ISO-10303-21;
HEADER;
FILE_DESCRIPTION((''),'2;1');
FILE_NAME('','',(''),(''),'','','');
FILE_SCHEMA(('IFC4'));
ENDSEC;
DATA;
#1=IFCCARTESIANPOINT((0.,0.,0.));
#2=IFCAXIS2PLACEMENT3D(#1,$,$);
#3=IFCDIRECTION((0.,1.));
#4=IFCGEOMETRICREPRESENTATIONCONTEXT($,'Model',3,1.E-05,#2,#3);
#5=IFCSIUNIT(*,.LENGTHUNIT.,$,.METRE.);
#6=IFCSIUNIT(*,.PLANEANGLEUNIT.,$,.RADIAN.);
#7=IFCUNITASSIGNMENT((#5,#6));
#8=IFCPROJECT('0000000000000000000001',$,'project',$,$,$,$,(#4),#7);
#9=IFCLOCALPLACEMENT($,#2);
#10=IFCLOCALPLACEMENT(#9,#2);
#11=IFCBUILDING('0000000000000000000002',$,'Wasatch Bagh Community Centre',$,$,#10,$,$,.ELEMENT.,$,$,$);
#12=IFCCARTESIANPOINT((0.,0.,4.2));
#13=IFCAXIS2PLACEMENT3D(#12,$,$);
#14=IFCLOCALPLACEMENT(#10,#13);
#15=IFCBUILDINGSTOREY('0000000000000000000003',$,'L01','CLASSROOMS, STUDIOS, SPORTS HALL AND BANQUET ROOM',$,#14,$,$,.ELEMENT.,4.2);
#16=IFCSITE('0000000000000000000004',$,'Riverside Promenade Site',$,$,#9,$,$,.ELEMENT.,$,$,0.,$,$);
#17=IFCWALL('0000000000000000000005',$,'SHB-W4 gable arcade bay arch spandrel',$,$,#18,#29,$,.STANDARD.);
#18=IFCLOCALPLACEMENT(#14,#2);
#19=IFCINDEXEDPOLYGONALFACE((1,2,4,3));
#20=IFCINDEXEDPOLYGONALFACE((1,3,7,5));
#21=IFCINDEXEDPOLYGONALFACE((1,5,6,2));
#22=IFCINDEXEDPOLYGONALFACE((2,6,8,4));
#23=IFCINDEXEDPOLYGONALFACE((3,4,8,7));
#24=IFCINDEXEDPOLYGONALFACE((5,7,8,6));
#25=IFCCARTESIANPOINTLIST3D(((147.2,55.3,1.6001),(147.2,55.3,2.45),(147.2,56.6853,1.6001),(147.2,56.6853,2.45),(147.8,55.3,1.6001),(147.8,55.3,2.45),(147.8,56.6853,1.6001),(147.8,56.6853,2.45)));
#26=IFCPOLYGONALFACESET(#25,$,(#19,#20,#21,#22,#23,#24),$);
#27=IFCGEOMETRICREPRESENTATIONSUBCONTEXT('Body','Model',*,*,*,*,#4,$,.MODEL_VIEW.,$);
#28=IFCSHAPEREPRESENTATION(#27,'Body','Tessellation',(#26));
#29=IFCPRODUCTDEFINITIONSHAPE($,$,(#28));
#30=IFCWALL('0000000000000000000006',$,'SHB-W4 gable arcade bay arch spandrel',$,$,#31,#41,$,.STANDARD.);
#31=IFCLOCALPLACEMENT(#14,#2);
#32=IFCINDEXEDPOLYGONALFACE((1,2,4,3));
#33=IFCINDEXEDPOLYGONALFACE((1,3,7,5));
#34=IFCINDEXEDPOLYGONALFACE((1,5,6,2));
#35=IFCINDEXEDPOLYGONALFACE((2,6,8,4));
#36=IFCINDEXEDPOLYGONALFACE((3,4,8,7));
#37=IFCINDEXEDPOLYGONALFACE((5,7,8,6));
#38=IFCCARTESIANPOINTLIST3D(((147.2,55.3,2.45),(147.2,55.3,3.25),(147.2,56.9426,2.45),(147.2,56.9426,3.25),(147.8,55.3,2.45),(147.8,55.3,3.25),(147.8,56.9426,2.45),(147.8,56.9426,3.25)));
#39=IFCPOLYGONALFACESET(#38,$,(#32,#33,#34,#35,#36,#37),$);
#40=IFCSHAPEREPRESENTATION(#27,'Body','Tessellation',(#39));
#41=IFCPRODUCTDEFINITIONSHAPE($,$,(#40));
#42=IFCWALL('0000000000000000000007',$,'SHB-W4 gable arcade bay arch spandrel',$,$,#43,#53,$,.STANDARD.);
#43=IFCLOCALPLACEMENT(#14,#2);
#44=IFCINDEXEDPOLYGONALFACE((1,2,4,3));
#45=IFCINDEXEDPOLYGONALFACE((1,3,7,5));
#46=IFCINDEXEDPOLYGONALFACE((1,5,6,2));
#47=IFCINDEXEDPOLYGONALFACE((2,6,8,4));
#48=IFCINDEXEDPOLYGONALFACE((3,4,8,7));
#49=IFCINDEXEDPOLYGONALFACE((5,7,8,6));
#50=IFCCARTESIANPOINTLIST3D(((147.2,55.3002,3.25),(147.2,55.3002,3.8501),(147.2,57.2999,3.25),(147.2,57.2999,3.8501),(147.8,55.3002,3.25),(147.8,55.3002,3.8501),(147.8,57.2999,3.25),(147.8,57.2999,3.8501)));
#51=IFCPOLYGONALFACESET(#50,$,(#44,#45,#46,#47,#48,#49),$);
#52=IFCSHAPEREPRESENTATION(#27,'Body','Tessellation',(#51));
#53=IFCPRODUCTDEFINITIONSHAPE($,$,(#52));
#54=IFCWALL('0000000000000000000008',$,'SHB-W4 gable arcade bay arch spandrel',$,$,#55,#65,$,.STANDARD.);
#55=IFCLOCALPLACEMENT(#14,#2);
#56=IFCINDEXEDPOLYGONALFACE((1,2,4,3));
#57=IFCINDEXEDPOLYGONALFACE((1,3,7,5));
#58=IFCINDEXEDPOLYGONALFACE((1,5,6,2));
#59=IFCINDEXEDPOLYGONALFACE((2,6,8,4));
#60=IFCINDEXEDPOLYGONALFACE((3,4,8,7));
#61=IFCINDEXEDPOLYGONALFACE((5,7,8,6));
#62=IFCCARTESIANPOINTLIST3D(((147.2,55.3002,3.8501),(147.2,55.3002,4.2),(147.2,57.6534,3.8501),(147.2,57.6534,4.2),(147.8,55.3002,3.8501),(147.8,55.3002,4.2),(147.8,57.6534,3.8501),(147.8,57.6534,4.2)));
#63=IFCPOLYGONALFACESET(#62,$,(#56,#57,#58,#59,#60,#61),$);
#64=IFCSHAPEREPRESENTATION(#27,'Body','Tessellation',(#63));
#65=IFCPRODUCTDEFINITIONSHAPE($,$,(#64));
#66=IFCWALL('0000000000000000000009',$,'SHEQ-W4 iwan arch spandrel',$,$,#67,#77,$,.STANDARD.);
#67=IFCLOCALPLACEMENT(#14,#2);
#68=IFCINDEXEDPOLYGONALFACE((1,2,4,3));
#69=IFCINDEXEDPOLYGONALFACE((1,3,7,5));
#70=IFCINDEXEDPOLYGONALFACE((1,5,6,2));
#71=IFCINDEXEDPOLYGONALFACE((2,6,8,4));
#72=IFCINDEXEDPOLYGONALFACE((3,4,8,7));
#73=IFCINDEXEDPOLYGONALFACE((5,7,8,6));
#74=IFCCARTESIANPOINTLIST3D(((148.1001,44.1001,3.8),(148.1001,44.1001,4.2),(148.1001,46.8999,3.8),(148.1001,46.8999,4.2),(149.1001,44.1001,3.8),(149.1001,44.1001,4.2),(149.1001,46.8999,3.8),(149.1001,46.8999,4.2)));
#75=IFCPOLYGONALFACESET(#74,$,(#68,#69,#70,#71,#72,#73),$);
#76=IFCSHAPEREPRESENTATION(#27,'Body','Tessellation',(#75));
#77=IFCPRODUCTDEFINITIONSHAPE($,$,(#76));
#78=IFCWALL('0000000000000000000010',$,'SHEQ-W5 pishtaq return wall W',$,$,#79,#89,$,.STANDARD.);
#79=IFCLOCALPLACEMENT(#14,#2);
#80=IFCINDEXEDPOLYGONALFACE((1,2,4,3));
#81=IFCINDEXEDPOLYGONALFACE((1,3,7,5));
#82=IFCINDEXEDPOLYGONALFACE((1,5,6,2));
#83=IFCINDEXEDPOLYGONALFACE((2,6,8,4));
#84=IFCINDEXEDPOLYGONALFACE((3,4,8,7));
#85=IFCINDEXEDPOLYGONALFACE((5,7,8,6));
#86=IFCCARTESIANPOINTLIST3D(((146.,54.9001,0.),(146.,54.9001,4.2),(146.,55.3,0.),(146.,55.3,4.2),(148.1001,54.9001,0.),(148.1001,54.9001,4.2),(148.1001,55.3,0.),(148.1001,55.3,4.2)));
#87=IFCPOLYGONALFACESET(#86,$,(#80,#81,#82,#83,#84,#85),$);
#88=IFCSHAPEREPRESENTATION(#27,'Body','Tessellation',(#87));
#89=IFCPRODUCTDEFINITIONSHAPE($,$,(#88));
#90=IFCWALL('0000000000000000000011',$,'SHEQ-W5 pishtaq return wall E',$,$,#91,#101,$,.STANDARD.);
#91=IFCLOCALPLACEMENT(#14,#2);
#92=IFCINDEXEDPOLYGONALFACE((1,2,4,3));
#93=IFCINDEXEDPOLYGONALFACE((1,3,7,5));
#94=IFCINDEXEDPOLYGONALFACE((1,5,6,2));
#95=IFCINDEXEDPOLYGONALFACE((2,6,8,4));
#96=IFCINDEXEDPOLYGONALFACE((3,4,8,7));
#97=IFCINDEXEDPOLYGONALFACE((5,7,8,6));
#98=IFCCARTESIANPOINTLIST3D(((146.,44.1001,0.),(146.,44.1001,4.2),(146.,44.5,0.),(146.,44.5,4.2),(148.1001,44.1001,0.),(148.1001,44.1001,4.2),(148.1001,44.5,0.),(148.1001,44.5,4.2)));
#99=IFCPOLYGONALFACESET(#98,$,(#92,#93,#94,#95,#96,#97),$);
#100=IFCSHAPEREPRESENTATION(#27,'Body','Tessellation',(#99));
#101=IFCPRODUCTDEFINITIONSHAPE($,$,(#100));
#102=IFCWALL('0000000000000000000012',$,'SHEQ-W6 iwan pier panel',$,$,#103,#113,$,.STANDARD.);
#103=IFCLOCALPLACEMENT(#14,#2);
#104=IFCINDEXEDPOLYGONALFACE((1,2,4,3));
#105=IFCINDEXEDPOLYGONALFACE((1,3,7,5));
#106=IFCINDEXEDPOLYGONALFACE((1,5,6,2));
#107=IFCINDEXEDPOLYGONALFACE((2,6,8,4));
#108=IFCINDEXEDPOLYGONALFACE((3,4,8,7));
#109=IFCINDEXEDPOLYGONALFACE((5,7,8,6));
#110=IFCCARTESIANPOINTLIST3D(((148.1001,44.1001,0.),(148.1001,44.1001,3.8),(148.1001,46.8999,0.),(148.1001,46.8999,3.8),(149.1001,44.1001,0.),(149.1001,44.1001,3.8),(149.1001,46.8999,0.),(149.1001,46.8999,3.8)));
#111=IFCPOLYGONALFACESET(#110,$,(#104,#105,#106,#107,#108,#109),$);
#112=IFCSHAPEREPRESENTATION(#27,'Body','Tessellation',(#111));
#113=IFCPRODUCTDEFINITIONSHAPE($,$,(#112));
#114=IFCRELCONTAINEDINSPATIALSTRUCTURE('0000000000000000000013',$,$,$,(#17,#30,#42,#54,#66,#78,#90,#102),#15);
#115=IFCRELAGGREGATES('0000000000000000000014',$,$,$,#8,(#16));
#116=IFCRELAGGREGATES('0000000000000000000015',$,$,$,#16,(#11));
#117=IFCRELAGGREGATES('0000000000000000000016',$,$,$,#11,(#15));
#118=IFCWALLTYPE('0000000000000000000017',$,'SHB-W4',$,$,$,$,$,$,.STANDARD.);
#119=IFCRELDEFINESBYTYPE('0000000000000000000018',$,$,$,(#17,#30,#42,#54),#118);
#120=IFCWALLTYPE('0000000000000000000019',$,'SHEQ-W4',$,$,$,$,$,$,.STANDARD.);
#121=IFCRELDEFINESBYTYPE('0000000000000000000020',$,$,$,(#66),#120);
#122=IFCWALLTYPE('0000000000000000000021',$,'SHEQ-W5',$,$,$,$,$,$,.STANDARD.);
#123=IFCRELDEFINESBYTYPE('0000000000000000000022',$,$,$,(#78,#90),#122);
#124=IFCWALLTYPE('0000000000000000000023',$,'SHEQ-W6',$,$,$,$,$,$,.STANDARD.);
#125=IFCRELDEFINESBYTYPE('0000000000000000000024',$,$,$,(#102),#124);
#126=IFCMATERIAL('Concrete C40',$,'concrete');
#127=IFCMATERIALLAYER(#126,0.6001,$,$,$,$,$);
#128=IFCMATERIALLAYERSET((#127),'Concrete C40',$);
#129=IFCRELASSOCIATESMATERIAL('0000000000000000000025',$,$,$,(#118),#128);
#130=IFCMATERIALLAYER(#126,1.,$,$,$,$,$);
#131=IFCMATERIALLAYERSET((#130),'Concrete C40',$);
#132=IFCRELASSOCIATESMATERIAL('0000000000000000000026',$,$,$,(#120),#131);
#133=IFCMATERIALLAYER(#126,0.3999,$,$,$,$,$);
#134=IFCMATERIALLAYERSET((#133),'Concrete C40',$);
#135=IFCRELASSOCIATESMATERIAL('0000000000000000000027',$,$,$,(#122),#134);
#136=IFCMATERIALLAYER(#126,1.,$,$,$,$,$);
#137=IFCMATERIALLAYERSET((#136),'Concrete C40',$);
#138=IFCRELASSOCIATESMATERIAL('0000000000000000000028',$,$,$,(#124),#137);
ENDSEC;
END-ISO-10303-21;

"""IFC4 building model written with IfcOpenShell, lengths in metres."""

from ifc_helpers import new_model, si_unit, direction, frame, frame_2d, origin, place, context, subcontext, project, spatial, rectangle, extrude, material, layer, layer_set, type_object, element, save


model = new_model("IFC4")

# Units and contexts
model_context = context("Model", 3, precision=1e-05, world=origin(), true_north=direction((0.0, 1.0)))
body_context = subcontext(model_context, "Body", "Model", "MODEL_VIEW")
ifc_project = project(units=[si_unit("LENGTHUNIT", "METRE"), si_unit("PLANEANGLEUNIT", "RADIAN")], contexts=[model_context])

# Site, building, storey
site_placement = place(None, origin())
site = spatial("IfcSite", under=ifc_project, at=site_placement, Name="Riverside Promenade Site", CompositionType="ELEMENT", RefElevation=0.0)
building_placement = place(site_placement, origin())
building = spatial("IfcBuilding", under=site, at=building_placement, Name="Wasatch Bagh Community Centre", CompositionType="ELEMENT")
storey_placement = place(building_placement, frame((0.0, 0.0, 4.2)))
storey = spatial("IfcBuildingStorey", under=building, at=storey_placement, Name="L01", Description="CLASSROOMS, STUDIOS, SPORTS HALL AND BANQUET ROOM", CompositionType="ELEMENT", Elevation=4.2)

# Shared definitions
ifc_material_1 = material(Name="Concrete C40", Category="concrete")

# Walls
ifc_layer_1 = layer(ifc_material_1, 0.6001)
ifc_layer_set_1 = layer_set([ifc_layer_1], Name="Concrete C40")
wall_type_1 = type_object("IfcWallType", Name="SHB-W4", PredefinedType="STANDARD", material=ifc_layer_set_1)
wall_1_placement = place(storey_placement, frame((147.5, 55.3, 1.6001), z_axis=(0.0, 0.0, 1.0), x_axis=(0.0, 1.0, 0.0)))
element("IfcWall", 1, at=wall_1_placement, inside=storey, type_object=wall_type_1, Name="SHB-W4 gable arcade bay arch spandrel", PredefinedType="STANDARD", context=body_context, shape_type="SweptSolid", body=[
    extrude(rectangle(XDim=1.3853, YDim=0.6001, at=frame_2d((0.6926, 0.0))), origin(), (0.0, 0.0, 1.0), 0.8499),
])
wall_2_placement = place(storey_placement, frame((147.5, 55.3, 2.45), z_axis=(0.0, 0.0, 1.0), x_axis=(0.0, 1.0, 0.0)))
element("IfcWall", 2, at=wall_2_placement, inside=storey, type_object=wall_type_1, Name="SHB-W4 gable arcade bay arch spandrel", PredefinedType="STANDARD", context=body_context, shape_type="SweptSolid", body=[
    extrude(rectangle(XDim=1.6426, YDim=0.6001, at=frame_2d((0.8213, 0.0))), origin(), (0.0, 0.0, 1.0), 0.8),
])
wall_3_placement = place(storey_placement, frame((147.5, 55.3, 3.25), z_axis=(0.0, 0.0, 1.0), x_axis=(0.0, 1.0, 0.0)))
element("IfcWall", 3, at=wall_3_placement, inside=storey, type_object=wall_type_1, Name="SHB-W4 gable arcade bay arch spandrel", PredefinedType="STANDARD", context=body_context, shape_type="SweptSolid", body=[
    extrude(rectangle(XDim=1.9998, YDim=0.6001, at=frame_2d((1.0, 0.0))), origin(), (0.0, 0.0, 1.0), 0.6001),
])
wall_4_placement = place(storey_placement, frame((147.5, 55.3, 3.8501), z_axis=(0.0, 0.0, 1.0), x_axis=(0.0, 1.0, 0.0)))
element("IfcWall", 4, at=wall_4_placement, inside=storey, type_object=wall_type_1, Name="SHB-W4 gable arcade bay arch spandrel", PredefinedType="STANDARD", context=body_context, shape_type="SweptSolid", body=[
    extrude(rectangle(XDim=2.3533, YDim=0.6001, at=frame_2d((1.1768, 0.0))), origin(), (0.0, 0.0, 1.0), 0.3499),
])
ifc_layer_2 = layer(ifc_material_1, 1.0)
ifc_layer_set_2 = layer_set([ifc_layer_2], Name="Concrete C40")
wall_type_2 = type_object("IfcWallType", Name="SHEQ-W4", PredefinedType="STANDARD", material=ifc_layer_set_2)
wall_5_placement = place(storey_placement, frame((148.6001, 44.1001, 3.8), z_axis=(0.0, 0.0, 1.0), x_axis=(0.0, 1.0, 0.0)))
element("IfcWall", 5, at=wall_5_placement, inside=storey, type_object=wall_type_2, Name="SHEQ-W4 iwan arch spandrel", PredefinedType="STANDARD", context=body_context, shape_type="SweptSolid", body=[
    extrude(rectangle(XDim=2.7998, YDim=1.0, at=frame_2d((1.3999, 0.0))), origin(), (0.0, 0.0, 1.0), 0.3999),
])
ifc_layer_3 = layer(ifc_material_1, 0.3999)
ifc_layer_set_3 = layer_set([ifc_layer_3], Name="Concrete C40")
wall_type_3 = type_object("IfcWallType", Name="SHEQ-W5", PredefinedType="STANDARD", material=ifc_layer_set_3)
for number, where, z_axis, x_axis, name in (
    (6, (148.1001, 55.1001, 0.0), (0.0, 0.0, 1.0), (-1.0, 0.0, 0.0), "SHEQ-W5 pishtaq return wall W"),
    (7, (148.1001, 44.3, 0.0), (0.0, 0.0, 1.0), (-1.0, 0.0, 0.0), "SHEQ-W5 pishtaq return wall E"),
):
    element("IfcWall", number, at=place(storey_placement, frame(where, z_axis=z_axis, x_axis=x_axis)), inside=storey, type_object=wall_type_3, Name=name, PredefinedType="STANDARD", context=body_context, shape_type="SweptSolid", body=[
        extrude(rectangle(XDim=2.1001, YDim=0.3999, at=frame_2d((1.05, 0.0))), origin(), (0.0, 0.0, 1.0), 4.2),
    ])
ifc_layer_4 = layer(ifc_material_1, 1.0)
ifc_layer_set_4 = layer_set([ifc_layer_4], Name="Concrete C40")
wall_type_4 = type_object("IfcWallType", Name="SHEQ-W6", PredefinedType="STANDARD", material=ifc_layer_set_4)
wall_6_placement = place(storey_placement, frame((148.6001, 44.1001, 0.0), z_axis=(0.0, 0.0, 1.0), x_axis=(0.0, 1.0, 0.0)))
element("IfcWall", 8, at=wall_6_placement, inside=storey, type_object=wall_type_4, Name="SHEQ-W6 iwan pier panel", PredefinedType="STANDARD", context=body_context, shape_type="SweptSolid", body=[
    extrude(rectangle(XDim=2.7998, YDim=1.0, at=frame_2d((1.3999, 0.0))), origin(), (0.0, 0.0, 1.0), 3.8),
])

save(model, "model.ifc")
